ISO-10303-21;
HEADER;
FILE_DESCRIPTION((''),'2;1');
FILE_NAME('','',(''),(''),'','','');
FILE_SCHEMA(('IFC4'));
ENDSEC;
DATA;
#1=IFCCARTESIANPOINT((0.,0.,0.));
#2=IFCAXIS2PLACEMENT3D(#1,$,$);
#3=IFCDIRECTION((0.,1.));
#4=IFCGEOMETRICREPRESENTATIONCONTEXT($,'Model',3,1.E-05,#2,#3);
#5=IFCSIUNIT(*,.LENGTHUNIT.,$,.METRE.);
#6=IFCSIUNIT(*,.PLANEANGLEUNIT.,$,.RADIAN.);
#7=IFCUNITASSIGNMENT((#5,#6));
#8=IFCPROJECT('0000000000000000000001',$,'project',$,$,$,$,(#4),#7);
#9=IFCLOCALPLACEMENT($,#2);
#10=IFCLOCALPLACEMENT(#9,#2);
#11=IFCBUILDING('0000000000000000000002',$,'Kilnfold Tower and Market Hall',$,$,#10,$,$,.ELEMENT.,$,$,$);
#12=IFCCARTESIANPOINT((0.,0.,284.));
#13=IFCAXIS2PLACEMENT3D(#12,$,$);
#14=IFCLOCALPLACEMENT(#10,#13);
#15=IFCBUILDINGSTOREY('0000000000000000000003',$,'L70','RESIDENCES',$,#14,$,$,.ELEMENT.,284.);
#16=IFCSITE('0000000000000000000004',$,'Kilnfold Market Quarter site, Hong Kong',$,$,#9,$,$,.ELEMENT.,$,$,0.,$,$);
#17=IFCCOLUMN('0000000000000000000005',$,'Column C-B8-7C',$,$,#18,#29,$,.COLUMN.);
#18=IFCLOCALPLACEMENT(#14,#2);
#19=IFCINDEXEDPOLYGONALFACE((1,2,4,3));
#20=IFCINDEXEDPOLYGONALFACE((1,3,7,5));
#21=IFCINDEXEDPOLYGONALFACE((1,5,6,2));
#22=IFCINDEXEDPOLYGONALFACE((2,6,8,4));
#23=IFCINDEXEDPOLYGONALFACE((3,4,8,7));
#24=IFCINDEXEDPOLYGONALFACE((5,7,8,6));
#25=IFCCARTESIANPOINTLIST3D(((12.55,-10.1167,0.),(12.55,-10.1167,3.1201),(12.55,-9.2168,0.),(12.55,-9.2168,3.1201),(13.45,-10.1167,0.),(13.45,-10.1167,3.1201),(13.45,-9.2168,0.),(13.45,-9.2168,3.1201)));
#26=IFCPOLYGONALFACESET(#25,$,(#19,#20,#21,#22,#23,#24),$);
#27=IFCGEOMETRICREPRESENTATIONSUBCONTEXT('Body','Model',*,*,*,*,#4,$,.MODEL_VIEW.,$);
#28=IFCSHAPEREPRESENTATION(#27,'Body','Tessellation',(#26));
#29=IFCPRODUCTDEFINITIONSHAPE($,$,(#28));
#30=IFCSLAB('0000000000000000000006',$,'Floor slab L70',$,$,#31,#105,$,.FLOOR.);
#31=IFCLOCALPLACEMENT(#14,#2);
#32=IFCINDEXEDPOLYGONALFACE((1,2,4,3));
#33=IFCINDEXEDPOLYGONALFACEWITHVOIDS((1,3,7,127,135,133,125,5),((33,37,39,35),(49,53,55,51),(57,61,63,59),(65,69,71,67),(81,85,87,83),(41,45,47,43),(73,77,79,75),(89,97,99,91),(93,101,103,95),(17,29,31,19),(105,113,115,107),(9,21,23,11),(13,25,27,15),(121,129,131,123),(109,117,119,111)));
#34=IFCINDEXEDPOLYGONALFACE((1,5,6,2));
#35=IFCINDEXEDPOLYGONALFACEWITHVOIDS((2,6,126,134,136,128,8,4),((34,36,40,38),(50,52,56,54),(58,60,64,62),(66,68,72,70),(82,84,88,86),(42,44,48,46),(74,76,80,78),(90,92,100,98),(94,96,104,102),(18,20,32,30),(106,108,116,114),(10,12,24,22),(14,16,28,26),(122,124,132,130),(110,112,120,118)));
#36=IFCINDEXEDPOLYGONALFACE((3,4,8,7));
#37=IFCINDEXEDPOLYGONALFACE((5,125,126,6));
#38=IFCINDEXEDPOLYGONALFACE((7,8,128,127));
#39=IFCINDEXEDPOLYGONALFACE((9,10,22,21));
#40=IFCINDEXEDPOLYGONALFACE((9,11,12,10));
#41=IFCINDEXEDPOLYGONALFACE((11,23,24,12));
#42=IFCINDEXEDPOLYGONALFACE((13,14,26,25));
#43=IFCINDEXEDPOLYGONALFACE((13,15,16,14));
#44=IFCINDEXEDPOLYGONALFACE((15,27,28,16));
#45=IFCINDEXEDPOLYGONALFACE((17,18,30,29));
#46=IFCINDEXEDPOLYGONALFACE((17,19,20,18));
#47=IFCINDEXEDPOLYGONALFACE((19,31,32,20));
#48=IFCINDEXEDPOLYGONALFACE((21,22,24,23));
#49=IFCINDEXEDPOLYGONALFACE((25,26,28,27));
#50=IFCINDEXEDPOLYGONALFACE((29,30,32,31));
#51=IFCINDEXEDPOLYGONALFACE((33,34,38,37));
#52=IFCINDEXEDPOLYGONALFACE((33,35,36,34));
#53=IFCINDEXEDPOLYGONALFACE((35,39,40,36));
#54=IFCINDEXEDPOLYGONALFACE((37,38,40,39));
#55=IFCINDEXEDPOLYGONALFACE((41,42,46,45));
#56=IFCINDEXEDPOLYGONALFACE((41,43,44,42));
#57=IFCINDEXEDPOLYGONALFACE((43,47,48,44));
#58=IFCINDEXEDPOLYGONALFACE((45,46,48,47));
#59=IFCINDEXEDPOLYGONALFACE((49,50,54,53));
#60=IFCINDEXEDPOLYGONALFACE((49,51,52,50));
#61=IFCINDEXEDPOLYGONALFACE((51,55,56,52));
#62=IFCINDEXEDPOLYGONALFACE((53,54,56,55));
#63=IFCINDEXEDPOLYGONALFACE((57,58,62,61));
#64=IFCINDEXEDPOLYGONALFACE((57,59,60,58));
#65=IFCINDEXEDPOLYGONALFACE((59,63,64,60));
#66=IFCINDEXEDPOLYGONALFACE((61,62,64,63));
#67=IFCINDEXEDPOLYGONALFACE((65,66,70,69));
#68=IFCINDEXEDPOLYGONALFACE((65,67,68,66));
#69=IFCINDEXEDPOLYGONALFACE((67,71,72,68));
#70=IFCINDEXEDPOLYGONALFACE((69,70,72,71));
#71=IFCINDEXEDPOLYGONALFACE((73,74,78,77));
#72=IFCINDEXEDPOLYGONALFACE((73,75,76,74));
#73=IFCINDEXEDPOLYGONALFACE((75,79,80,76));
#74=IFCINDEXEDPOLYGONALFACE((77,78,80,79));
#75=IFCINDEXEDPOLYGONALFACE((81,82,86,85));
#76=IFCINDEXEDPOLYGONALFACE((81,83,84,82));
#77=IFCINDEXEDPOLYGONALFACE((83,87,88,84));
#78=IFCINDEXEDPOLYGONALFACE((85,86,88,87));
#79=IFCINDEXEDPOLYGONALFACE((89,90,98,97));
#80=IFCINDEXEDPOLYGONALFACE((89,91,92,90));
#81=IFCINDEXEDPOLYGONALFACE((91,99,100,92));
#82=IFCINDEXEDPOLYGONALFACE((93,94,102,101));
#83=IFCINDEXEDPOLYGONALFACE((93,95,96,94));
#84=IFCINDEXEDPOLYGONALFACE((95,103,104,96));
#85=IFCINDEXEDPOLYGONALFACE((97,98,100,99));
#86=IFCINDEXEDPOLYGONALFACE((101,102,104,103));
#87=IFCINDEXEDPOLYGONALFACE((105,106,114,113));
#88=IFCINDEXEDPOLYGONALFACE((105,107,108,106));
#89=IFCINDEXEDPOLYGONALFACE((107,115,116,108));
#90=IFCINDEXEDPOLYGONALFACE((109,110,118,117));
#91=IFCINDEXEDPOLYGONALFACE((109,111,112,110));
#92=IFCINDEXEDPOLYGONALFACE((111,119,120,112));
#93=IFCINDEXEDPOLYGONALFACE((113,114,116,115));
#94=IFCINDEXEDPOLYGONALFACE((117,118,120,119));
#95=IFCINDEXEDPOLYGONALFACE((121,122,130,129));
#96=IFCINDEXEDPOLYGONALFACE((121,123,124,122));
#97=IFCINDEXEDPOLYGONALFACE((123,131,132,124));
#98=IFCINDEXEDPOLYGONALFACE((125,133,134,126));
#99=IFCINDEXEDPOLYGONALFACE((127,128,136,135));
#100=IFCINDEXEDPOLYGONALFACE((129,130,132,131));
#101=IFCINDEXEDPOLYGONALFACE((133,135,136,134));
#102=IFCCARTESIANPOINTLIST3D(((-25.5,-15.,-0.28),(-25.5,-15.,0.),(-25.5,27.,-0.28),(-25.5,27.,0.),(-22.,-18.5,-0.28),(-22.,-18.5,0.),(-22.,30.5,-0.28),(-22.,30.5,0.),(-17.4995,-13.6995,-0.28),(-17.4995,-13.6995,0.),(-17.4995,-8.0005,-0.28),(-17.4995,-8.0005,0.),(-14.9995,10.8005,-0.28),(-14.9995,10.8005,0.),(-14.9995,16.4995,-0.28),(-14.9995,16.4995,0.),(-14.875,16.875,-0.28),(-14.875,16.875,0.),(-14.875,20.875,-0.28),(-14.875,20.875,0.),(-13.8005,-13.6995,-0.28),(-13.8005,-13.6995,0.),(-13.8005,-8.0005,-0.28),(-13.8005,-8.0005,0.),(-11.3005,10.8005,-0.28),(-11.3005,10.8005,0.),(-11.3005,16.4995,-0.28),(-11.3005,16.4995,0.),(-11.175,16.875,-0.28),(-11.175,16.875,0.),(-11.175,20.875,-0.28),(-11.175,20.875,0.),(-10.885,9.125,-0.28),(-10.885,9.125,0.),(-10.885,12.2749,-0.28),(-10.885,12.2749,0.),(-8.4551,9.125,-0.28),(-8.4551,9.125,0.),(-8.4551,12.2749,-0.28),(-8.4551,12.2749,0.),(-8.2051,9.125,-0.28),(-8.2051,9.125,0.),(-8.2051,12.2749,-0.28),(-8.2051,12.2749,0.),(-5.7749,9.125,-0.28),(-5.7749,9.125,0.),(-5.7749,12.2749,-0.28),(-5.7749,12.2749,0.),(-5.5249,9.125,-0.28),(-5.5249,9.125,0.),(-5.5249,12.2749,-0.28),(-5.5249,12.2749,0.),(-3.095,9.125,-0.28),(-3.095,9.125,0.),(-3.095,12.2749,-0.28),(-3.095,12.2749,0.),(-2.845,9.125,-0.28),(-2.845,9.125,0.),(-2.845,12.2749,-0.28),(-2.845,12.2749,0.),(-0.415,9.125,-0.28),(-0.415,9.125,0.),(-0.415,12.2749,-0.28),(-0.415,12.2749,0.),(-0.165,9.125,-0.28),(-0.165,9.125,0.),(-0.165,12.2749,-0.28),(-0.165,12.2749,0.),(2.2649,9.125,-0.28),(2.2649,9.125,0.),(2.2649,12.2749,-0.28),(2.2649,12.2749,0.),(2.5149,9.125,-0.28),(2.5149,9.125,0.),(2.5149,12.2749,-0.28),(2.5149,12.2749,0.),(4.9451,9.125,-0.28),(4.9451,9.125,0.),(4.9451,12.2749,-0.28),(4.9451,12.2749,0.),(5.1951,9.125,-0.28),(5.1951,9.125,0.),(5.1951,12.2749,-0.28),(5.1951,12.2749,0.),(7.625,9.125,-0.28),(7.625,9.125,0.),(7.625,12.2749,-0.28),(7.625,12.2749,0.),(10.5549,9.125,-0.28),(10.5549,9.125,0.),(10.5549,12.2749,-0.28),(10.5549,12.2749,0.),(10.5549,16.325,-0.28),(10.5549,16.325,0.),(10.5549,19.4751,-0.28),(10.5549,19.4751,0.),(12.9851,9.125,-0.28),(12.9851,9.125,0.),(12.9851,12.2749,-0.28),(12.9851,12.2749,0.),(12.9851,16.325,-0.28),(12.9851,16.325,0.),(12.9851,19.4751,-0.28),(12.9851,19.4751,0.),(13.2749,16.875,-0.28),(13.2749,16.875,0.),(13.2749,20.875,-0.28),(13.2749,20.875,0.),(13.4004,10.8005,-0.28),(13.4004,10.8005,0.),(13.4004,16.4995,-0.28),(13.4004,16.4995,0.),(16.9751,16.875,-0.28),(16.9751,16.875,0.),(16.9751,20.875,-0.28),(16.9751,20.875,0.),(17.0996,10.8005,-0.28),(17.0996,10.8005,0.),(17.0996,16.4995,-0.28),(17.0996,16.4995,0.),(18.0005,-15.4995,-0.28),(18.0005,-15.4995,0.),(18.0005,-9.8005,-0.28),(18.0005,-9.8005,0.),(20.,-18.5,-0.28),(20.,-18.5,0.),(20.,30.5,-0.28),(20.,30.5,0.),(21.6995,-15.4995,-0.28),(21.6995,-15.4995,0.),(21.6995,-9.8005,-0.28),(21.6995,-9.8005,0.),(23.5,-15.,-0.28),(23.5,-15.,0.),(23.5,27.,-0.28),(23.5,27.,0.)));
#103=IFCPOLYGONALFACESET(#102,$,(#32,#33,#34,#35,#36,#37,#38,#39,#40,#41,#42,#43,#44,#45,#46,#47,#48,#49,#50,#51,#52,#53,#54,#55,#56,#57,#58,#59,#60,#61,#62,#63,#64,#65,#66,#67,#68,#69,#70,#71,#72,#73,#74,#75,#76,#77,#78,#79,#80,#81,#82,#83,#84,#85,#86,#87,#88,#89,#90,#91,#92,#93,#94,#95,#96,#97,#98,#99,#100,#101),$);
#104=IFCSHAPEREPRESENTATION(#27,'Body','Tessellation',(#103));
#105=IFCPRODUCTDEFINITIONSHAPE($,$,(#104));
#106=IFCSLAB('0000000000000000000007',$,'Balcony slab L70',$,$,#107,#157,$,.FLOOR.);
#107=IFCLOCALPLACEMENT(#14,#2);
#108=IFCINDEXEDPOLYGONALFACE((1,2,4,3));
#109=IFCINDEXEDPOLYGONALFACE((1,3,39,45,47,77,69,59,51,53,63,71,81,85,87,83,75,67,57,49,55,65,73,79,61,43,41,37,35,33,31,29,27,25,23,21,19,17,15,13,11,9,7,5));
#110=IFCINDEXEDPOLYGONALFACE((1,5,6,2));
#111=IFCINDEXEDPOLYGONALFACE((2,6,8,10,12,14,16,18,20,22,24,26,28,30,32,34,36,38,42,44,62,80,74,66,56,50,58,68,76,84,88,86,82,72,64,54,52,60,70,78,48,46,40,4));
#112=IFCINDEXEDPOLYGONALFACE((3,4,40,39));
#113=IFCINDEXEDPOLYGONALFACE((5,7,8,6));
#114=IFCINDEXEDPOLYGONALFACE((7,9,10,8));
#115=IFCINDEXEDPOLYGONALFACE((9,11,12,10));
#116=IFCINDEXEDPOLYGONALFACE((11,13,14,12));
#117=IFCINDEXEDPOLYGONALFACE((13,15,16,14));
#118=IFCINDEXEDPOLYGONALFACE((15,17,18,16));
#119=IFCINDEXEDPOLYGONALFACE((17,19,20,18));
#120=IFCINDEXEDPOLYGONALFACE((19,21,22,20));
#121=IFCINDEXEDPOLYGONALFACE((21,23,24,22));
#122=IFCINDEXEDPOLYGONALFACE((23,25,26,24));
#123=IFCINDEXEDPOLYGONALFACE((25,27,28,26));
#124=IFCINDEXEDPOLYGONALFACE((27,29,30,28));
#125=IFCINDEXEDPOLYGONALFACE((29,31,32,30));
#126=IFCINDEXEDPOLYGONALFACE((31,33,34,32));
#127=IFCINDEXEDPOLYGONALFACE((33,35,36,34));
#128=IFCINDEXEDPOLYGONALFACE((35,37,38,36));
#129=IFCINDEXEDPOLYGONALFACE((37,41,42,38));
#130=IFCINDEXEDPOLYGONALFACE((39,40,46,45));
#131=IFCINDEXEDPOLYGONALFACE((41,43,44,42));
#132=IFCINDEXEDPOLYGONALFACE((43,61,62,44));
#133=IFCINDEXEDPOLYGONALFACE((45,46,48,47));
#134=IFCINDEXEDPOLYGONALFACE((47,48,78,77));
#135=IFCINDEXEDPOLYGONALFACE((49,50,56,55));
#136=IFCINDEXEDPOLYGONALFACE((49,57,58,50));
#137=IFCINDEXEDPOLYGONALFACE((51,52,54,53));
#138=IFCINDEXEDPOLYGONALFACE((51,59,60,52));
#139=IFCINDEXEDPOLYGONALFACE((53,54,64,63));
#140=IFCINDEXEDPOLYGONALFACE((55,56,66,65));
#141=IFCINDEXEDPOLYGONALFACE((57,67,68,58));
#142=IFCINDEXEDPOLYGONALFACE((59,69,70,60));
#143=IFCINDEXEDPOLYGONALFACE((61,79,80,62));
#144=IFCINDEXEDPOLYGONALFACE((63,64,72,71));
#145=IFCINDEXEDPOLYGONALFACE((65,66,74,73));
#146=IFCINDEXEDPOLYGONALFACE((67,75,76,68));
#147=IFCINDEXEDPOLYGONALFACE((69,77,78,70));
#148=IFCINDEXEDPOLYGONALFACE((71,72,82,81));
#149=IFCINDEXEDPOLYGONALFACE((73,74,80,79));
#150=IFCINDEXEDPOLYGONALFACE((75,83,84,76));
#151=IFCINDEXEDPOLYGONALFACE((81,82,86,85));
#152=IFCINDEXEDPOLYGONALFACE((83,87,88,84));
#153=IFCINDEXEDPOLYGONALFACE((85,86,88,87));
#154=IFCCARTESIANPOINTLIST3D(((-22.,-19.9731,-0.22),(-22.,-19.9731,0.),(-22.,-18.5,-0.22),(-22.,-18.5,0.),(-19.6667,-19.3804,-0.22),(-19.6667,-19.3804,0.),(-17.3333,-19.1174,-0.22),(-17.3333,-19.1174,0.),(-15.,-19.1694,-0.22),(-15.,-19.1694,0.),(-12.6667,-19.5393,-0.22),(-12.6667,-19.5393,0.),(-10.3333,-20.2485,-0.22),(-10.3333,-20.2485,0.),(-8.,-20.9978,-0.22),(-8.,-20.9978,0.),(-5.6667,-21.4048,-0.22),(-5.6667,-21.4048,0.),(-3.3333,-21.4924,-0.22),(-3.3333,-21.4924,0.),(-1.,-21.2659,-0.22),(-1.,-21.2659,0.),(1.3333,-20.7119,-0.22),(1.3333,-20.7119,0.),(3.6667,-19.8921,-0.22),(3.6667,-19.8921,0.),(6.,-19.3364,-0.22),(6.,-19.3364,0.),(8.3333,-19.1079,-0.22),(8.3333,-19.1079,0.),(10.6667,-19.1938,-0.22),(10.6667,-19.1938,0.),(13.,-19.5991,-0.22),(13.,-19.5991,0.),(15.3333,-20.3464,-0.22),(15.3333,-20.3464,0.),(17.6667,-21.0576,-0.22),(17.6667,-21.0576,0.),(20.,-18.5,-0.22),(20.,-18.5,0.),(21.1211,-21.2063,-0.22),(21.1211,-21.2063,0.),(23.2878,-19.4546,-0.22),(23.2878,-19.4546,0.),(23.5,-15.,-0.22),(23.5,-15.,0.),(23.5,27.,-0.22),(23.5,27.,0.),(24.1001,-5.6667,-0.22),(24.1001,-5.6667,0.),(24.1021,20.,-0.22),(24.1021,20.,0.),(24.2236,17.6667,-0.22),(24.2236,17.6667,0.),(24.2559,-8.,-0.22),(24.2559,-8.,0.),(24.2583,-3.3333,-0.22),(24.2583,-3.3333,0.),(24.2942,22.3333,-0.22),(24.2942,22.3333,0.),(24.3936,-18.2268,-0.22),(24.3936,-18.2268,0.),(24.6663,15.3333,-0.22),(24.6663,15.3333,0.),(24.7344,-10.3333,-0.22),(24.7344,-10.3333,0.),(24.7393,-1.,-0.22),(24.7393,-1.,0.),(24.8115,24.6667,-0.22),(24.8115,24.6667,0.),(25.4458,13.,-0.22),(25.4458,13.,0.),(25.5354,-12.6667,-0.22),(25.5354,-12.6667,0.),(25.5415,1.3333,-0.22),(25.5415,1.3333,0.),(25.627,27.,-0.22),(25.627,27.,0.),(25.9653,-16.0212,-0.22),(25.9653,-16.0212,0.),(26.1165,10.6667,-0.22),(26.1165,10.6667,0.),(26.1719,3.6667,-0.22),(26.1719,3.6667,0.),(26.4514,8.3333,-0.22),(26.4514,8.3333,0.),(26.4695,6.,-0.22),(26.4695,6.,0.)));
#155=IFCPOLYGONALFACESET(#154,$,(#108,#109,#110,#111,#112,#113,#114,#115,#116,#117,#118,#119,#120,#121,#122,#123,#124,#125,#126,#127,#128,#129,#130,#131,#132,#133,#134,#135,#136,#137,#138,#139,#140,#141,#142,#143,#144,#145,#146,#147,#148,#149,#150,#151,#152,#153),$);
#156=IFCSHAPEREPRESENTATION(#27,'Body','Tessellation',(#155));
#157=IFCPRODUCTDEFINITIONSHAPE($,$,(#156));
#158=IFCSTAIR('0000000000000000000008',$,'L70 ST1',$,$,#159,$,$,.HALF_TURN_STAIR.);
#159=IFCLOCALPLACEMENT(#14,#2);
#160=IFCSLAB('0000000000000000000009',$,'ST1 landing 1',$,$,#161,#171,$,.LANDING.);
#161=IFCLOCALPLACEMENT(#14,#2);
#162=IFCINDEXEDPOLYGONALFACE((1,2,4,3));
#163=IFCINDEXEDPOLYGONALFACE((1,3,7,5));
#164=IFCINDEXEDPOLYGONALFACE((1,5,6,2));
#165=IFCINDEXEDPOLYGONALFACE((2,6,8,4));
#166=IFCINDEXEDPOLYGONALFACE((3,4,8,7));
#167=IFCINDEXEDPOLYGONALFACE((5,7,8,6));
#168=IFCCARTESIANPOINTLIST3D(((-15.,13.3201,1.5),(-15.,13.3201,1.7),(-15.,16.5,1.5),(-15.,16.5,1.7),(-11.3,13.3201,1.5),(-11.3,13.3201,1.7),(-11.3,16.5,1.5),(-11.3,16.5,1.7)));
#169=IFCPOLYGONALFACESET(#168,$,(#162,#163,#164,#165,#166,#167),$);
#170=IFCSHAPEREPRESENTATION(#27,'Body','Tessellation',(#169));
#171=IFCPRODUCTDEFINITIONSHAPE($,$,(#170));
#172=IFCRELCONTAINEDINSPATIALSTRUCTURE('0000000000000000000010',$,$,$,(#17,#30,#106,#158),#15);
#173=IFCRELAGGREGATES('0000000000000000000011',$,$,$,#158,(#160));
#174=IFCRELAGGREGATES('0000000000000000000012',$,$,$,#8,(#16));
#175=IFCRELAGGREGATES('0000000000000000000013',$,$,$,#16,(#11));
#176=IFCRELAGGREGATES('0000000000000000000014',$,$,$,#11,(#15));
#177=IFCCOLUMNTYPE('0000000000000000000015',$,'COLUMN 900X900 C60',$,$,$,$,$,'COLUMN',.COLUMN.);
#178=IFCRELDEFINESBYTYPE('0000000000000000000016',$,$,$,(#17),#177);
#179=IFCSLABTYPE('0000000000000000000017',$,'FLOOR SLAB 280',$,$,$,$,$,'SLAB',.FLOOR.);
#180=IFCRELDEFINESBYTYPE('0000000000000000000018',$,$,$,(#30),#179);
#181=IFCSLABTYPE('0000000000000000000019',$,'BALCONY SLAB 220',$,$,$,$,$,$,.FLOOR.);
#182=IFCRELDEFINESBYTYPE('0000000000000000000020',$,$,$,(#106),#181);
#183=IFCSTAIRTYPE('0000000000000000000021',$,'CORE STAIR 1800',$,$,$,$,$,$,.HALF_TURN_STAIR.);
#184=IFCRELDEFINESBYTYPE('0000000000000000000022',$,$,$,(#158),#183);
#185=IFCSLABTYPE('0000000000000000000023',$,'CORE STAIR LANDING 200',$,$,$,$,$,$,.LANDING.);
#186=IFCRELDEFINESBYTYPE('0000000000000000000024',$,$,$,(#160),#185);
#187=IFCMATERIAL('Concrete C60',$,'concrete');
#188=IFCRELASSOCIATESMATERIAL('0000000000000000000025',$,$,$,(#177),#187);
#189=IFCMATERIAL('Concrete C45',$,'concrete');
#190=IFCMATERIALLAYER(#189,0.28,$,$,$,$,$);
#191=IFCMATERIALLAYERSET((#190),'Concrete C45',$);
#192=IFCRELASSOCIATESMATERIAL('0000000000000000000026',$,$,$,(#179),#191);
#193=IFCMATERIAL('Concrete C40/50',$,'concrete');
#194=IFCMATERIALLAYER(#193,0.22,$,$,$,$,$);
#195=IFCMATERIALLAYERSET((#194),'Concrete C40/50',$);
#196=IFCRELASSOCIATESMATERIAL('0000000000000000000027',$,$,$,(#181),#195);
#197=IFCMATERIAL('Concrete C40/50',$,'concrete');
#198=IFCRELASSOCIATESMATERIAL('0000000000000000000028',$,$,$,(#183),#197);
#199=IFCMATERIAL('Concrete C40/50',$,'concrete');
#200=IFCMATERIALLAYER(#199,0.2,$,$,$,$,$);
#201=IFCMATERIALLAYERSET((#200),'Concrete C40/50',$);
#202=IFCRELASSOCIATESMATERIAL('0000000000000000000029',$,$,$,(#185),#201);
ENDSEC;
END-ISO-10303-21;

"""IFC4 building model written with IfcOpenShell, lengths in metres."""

from ifc_helpers import new_model, si_unit, direction, frame, origin, origin_2d, place, context, subcontext, project, spatial, polyline, rectangle, outline, extrude, source, transform, mapped, material, layer, layer_set, material_profile, profile_set, type_object, element, aggregate, save


model = new_model("IFC4")

# Units and contexts
model_context = context("Model", 3, precision=1e-05, world=origin(), true_north=direction((0.0, 1.0)))
body_context = subcontext(model_context, "Body", "Model", "MODEL_VIEW")
ifc_project = project(units=[si_unit("LENGTHUNIT", "METRE"), si_unit("PLANEANGLEUNIT", "RADIAN")], contexts=[model_context])

# Site, building, storey
site_placement = place(None, origin())
site = spatial("IfcSite", under=ifc_project, at=site_placement, Name="Kilnfold Market Quarter site, Hong Kong", CompositionType="ELEMENT", RefElevation=0.0)
building_placement = place(site_placement, origin())
building = spatial("IfcBuilding", under=site, at=building_placement, Name="Kilnfold Tower and Market Hall", CompositionType="ELEMENT")
storey_placement = place(building_placement, frame((0.0, 0.0, 284.0)))
storey = spatial("IfcBuildingStorey", under=building, at=storey_placement, Name="L70", Description="RESIDENCES", CompositionType="ELEMENT", Elevation=284.0)

# Column
ifc_material_1 = material(Name="Concrete C60", Category="concrete")
ifc_material_profile = material_profile(ifc_material_1, rectangle(XDim=0.8999, YDim=0.8999, at=origin_2d()), Name="RC 900x900")
ifc_profile_set = profile_set([ifc_material_profile], Name="Concrete C60")
column_type = type_object("IfcColumnType", Name="COLUMN 900X900 C60", ElementType="COLUMN", PredefinedType="COLUMN", material=ifc_profile_set)
shared_shape_1 = source(origin(), body_context, "Body", "SweptSolid", [
    extrude(rectangle(XDim=0.8999, YDim=0.8999, at=origin_2d()), origin(), (0.0, 0.0, 1.0), 3.1201),
])
column_placement = place(storey_placement, frame((13.0, -9.6667, 0.0), z_axis=(0.0, 0.0, 1.0), x_axis=(1.0, 0.0, 0.0)))
element("IfcColumn", 1, at=column_placement, inside=storey, type_object=column_type, Name="Column C-B8-7C", PredefinedType="COLUMN", context=body_context, shape_type="MappedRepresentation", body=[
    mapped(shared_shape_1, transform((0.0, 0.0, 0.0))),
])

# Slabs
ifc_material_2 = material(Name="Concrete C45", Category="concrete")
ifc_layer_1 = layer(ifc_material_2, 0.28)
ifc_layer_set_1 = layer_set([ifc_layer_1], Name="Concrete C45")
slab_type_1 = type_object("IfcSlabType", Name="FLOOR SLAB 280", ElementType="SLAB", PredefinedType="FLOOR", material=ifc_layer_set_1)
shared_shape_2 = source(origin(), body_context, "Body", "SweptSolid", [
    extrude(outline(polyline([(-22.0, -18.5), (20.0, -18.5), (23.5, -15.0), (23.5, 27.0), (20.0, 30.5), (-22.0, 30.5), (-25.5, 27.0), (-25.5, -15.0), (-22.0, -18.5)]), holes=[polyline([(-13.8005, -8.0005), (-13.8005, -13.6995), (-17.4995, -13.6995), (-17.4995, -8.0005), (-13.8005, -8.0005)]), polyline([(-11.3005, 10.8005), (-14.9995, 10.8005), (-14.9995, 16.4995), (-11.3005, 16.4995), (-11.3005, 10.8005)]), polyline([(-11.175, 16.875), (-14.875, 16.875), (-14.875, 20.875), (-11.175, 20.875), (-11.175, 16.875)]), polyline([(-8.4551, 9.125), (-10.885, 9.125), (-10.885, 12.2749), (-8.4551, 12.2749), (-8.4551, 9.125)]), polyline([(-5.7749, 9.125), (-8.2051, 9.125), (-8.2051, 12.2749), (-5.7749, 12.2749), (-5.7749, 9.125)]), polyline([(-3.095, 9.125), (-5.5249, 9.125), (-5.5249, 12.2749), (-3.095, 12.2749), (-3.095, 9.125)]), polyline([(-0.415, 9.125), (-2.845, 9.125), (-2.845, 12.2749), (-0.415, 12.2749), (-0.415, 9.125)]), polyline([(2.2649, 9.125), (-0.165, 9.125), (-0.165, 12.2749), (2.2649, 12.2749), (2.2649, 9.125)]), polyline([(4.9451, 9.125), (2.5149, 9.125), (2.5149, 12.2749), (4.9451, 12.2749), (4.9451, 9.125)]), polyline([(7.625, 9.125), (5.1951, 9.125), (5.1951, 12.2749), (7.625, 12.2749), (7.625, 9.125)]), polyline([(12.9851, 9.125), (10.5549, 9.125), (10.5549, 12.2749), (12.9851, 12.2749), (12.9851, 9.125)]), polyline([(12.9851, 16.325), (10.5549, 16.325), (10.5549, 19.4751), (12.9851, 19.4751), (12.9851, 16.325)]), polyline([(16.9751, 16.875), (13.2749, 16.875), (13.2749, 20.875), (16.9751, 20.875), (16.9751, 16.875)]), polyline([(17.0996, 10.8005), (13.4004, 10.8005), (13.4004, 16.4995), (17.0996, 16.4995), (17.0996, 10.8005)]), polyline([(18.0005, -9.8005), (21.6995, -9.8005), (21.6995, -15.4995), (18.0005, -15.4995), (18.0005, -9.8005)])]), origin(), (0.0, 0.0, 1.0), 0.28),
])
slab_1_placement = place(storey_placement, frame((0.0, 0.0, -0.28)))
element("IfcSlab", 2, at=slab_1_placement, inside=storey, type_object=slab_type_1, Name="Floor slab L70", PredefinedType="FLOOR", context=body_context, shape_type="MappedRepresentation", body=[
    mapped(shared_shape_2, transform((0.0, 0.0, 0.0))),
])
ifc_material_3 = material(Name="Concrete C40/50", Category="concrete")
ifc_layer_2 = layer(ifc_material_3, 0.22)
ifc_layer_set_2 = layer_set([ifc_layer_2], Name="Concrete C40/50")
slab_type_2 = type_object("IfcSlabType", Name="BALCONY SLAB 220", PredefinedType="FLOOR", material=ifc_layer_set_2)
shared_shape_3 = source(origin(), body_context, "Body", "SweptSolid", [
    extrude(outline(polyline([(-22.0, -18.5), (20.0, -18.5), (23.5, -15.0), (23.5, 27.0), (25.627, 27.0), (24.8115, 24.6667), (24.2942, 22.3333), (24.1021, 20.0), (24.2236, 17.6667), (24.6663, 15.3333), (25.4458, 13.0), (26.1165, 10.6667), (26.4514, 8.3333), (26.4695, 6.0), (26.1719, 3.6667), (25.5415, 1.3333), (24.7393, -1.0), (24.2583, -3.3333), (24.1001, -5.6667), (24.2559, -8.0), (24.7344, -10.3333), (25.5354, -12.6667), (25.9653, -16.0212), (24.3936, -18.2268), (23.2878, -19.4546), (21.1211, -21.2063), (17.6667, -21.0576), (15.3333, -20.3464), (13.0, -19.5991), (10.6667, -19.1938), (8.3333, -19.1079), (6.0, -19.3364), (3.6667, -19.8921), (1.3333, -20.7119), (-1.0, -21.2659), (-3.3333, -21.4924), (-5.6667, -21.4048), (-8.0, -20.9978), (-10.3333, -20.2485), (-12.6667, -19.5393), (-15.0, -19.1694), (-17.3333, -19.1174), (-19.6667, -19.3804), (-22.0, -19.9731), (-22.0, -18.5)])), origin(), (0.0, 0.0, 1.0), 0.22),
])
slab_2_placement = place(storey_placement, frame((0.0, 0.0, -0.22)))
element("IfcSlab", 3, at=slab_2_placement, inside=storey, type_object=slab_type_2, Name="Balcony slab L70", PredefinedType="FLOOR", context=body_context, shape_type="MappedRepresentation", body=[
    mapped(shared_shape_3, transform((0.0, 0.0, 0.0))),
])

# Stair, slab
ifc_material_4 = material(Name="Concrete C40/50", Category="concrete")
stair_type = type_object("IfcStairType", Name="CORE STAIR 1800", PredefinedType="HALF_TURN_STAIR", material=ifc_material_4)
stair_1_placement = place(storey_placement, origin())
stair_1 = element("IfcStair", 4, at=stair_1_placement, inside=storey, type_object=stair_type, Name="L70 ST1", PredefinedType="HALF_TURN_STAIR")
ifc_material_5 = material(Name="Concrete C40/50", Category="concrete")
ifc_layer_3 = layer(ifc_material_5, 0.2)
ifc_layer_set_3 = layer_set([ifc_layer_3], Name="Concrete C40/50")
slab_type_3 = type_object("IfcSlabType", Name="CORE STAIR LANDING 200", PredefinedType="LANDING", material=ifc_layer_set_3)
shared_shape_4 = source(origin(), body_context, "Body", "SweptSolid", [
    extrude(outline(polyline([(-11.3, 13.3201), (-11.3, 16.5), (-15.0, 16.5), (-15.0, 13.3201), (-11.3, 13.3201)])), origin(), (0.0, 0.0, 1.0), 0.2),
])
slab_3_placement = place(storey_placement, frame((0.0, 0.0, 1.5)))
slab_3 = element("IfcSlab", 5, at=slab_3_placement, type_object=slab_type_3, Name="ST1 landing 1", PredefinedType="LANDING", context=body_context, shape_type="MappedRepresentation", body=[
    mapped(shared_shape_4, transform((0.0, 0.0, 0.0))),
])
aggregate(stair_1, [slab_3])

save(model, "model.ifc")
